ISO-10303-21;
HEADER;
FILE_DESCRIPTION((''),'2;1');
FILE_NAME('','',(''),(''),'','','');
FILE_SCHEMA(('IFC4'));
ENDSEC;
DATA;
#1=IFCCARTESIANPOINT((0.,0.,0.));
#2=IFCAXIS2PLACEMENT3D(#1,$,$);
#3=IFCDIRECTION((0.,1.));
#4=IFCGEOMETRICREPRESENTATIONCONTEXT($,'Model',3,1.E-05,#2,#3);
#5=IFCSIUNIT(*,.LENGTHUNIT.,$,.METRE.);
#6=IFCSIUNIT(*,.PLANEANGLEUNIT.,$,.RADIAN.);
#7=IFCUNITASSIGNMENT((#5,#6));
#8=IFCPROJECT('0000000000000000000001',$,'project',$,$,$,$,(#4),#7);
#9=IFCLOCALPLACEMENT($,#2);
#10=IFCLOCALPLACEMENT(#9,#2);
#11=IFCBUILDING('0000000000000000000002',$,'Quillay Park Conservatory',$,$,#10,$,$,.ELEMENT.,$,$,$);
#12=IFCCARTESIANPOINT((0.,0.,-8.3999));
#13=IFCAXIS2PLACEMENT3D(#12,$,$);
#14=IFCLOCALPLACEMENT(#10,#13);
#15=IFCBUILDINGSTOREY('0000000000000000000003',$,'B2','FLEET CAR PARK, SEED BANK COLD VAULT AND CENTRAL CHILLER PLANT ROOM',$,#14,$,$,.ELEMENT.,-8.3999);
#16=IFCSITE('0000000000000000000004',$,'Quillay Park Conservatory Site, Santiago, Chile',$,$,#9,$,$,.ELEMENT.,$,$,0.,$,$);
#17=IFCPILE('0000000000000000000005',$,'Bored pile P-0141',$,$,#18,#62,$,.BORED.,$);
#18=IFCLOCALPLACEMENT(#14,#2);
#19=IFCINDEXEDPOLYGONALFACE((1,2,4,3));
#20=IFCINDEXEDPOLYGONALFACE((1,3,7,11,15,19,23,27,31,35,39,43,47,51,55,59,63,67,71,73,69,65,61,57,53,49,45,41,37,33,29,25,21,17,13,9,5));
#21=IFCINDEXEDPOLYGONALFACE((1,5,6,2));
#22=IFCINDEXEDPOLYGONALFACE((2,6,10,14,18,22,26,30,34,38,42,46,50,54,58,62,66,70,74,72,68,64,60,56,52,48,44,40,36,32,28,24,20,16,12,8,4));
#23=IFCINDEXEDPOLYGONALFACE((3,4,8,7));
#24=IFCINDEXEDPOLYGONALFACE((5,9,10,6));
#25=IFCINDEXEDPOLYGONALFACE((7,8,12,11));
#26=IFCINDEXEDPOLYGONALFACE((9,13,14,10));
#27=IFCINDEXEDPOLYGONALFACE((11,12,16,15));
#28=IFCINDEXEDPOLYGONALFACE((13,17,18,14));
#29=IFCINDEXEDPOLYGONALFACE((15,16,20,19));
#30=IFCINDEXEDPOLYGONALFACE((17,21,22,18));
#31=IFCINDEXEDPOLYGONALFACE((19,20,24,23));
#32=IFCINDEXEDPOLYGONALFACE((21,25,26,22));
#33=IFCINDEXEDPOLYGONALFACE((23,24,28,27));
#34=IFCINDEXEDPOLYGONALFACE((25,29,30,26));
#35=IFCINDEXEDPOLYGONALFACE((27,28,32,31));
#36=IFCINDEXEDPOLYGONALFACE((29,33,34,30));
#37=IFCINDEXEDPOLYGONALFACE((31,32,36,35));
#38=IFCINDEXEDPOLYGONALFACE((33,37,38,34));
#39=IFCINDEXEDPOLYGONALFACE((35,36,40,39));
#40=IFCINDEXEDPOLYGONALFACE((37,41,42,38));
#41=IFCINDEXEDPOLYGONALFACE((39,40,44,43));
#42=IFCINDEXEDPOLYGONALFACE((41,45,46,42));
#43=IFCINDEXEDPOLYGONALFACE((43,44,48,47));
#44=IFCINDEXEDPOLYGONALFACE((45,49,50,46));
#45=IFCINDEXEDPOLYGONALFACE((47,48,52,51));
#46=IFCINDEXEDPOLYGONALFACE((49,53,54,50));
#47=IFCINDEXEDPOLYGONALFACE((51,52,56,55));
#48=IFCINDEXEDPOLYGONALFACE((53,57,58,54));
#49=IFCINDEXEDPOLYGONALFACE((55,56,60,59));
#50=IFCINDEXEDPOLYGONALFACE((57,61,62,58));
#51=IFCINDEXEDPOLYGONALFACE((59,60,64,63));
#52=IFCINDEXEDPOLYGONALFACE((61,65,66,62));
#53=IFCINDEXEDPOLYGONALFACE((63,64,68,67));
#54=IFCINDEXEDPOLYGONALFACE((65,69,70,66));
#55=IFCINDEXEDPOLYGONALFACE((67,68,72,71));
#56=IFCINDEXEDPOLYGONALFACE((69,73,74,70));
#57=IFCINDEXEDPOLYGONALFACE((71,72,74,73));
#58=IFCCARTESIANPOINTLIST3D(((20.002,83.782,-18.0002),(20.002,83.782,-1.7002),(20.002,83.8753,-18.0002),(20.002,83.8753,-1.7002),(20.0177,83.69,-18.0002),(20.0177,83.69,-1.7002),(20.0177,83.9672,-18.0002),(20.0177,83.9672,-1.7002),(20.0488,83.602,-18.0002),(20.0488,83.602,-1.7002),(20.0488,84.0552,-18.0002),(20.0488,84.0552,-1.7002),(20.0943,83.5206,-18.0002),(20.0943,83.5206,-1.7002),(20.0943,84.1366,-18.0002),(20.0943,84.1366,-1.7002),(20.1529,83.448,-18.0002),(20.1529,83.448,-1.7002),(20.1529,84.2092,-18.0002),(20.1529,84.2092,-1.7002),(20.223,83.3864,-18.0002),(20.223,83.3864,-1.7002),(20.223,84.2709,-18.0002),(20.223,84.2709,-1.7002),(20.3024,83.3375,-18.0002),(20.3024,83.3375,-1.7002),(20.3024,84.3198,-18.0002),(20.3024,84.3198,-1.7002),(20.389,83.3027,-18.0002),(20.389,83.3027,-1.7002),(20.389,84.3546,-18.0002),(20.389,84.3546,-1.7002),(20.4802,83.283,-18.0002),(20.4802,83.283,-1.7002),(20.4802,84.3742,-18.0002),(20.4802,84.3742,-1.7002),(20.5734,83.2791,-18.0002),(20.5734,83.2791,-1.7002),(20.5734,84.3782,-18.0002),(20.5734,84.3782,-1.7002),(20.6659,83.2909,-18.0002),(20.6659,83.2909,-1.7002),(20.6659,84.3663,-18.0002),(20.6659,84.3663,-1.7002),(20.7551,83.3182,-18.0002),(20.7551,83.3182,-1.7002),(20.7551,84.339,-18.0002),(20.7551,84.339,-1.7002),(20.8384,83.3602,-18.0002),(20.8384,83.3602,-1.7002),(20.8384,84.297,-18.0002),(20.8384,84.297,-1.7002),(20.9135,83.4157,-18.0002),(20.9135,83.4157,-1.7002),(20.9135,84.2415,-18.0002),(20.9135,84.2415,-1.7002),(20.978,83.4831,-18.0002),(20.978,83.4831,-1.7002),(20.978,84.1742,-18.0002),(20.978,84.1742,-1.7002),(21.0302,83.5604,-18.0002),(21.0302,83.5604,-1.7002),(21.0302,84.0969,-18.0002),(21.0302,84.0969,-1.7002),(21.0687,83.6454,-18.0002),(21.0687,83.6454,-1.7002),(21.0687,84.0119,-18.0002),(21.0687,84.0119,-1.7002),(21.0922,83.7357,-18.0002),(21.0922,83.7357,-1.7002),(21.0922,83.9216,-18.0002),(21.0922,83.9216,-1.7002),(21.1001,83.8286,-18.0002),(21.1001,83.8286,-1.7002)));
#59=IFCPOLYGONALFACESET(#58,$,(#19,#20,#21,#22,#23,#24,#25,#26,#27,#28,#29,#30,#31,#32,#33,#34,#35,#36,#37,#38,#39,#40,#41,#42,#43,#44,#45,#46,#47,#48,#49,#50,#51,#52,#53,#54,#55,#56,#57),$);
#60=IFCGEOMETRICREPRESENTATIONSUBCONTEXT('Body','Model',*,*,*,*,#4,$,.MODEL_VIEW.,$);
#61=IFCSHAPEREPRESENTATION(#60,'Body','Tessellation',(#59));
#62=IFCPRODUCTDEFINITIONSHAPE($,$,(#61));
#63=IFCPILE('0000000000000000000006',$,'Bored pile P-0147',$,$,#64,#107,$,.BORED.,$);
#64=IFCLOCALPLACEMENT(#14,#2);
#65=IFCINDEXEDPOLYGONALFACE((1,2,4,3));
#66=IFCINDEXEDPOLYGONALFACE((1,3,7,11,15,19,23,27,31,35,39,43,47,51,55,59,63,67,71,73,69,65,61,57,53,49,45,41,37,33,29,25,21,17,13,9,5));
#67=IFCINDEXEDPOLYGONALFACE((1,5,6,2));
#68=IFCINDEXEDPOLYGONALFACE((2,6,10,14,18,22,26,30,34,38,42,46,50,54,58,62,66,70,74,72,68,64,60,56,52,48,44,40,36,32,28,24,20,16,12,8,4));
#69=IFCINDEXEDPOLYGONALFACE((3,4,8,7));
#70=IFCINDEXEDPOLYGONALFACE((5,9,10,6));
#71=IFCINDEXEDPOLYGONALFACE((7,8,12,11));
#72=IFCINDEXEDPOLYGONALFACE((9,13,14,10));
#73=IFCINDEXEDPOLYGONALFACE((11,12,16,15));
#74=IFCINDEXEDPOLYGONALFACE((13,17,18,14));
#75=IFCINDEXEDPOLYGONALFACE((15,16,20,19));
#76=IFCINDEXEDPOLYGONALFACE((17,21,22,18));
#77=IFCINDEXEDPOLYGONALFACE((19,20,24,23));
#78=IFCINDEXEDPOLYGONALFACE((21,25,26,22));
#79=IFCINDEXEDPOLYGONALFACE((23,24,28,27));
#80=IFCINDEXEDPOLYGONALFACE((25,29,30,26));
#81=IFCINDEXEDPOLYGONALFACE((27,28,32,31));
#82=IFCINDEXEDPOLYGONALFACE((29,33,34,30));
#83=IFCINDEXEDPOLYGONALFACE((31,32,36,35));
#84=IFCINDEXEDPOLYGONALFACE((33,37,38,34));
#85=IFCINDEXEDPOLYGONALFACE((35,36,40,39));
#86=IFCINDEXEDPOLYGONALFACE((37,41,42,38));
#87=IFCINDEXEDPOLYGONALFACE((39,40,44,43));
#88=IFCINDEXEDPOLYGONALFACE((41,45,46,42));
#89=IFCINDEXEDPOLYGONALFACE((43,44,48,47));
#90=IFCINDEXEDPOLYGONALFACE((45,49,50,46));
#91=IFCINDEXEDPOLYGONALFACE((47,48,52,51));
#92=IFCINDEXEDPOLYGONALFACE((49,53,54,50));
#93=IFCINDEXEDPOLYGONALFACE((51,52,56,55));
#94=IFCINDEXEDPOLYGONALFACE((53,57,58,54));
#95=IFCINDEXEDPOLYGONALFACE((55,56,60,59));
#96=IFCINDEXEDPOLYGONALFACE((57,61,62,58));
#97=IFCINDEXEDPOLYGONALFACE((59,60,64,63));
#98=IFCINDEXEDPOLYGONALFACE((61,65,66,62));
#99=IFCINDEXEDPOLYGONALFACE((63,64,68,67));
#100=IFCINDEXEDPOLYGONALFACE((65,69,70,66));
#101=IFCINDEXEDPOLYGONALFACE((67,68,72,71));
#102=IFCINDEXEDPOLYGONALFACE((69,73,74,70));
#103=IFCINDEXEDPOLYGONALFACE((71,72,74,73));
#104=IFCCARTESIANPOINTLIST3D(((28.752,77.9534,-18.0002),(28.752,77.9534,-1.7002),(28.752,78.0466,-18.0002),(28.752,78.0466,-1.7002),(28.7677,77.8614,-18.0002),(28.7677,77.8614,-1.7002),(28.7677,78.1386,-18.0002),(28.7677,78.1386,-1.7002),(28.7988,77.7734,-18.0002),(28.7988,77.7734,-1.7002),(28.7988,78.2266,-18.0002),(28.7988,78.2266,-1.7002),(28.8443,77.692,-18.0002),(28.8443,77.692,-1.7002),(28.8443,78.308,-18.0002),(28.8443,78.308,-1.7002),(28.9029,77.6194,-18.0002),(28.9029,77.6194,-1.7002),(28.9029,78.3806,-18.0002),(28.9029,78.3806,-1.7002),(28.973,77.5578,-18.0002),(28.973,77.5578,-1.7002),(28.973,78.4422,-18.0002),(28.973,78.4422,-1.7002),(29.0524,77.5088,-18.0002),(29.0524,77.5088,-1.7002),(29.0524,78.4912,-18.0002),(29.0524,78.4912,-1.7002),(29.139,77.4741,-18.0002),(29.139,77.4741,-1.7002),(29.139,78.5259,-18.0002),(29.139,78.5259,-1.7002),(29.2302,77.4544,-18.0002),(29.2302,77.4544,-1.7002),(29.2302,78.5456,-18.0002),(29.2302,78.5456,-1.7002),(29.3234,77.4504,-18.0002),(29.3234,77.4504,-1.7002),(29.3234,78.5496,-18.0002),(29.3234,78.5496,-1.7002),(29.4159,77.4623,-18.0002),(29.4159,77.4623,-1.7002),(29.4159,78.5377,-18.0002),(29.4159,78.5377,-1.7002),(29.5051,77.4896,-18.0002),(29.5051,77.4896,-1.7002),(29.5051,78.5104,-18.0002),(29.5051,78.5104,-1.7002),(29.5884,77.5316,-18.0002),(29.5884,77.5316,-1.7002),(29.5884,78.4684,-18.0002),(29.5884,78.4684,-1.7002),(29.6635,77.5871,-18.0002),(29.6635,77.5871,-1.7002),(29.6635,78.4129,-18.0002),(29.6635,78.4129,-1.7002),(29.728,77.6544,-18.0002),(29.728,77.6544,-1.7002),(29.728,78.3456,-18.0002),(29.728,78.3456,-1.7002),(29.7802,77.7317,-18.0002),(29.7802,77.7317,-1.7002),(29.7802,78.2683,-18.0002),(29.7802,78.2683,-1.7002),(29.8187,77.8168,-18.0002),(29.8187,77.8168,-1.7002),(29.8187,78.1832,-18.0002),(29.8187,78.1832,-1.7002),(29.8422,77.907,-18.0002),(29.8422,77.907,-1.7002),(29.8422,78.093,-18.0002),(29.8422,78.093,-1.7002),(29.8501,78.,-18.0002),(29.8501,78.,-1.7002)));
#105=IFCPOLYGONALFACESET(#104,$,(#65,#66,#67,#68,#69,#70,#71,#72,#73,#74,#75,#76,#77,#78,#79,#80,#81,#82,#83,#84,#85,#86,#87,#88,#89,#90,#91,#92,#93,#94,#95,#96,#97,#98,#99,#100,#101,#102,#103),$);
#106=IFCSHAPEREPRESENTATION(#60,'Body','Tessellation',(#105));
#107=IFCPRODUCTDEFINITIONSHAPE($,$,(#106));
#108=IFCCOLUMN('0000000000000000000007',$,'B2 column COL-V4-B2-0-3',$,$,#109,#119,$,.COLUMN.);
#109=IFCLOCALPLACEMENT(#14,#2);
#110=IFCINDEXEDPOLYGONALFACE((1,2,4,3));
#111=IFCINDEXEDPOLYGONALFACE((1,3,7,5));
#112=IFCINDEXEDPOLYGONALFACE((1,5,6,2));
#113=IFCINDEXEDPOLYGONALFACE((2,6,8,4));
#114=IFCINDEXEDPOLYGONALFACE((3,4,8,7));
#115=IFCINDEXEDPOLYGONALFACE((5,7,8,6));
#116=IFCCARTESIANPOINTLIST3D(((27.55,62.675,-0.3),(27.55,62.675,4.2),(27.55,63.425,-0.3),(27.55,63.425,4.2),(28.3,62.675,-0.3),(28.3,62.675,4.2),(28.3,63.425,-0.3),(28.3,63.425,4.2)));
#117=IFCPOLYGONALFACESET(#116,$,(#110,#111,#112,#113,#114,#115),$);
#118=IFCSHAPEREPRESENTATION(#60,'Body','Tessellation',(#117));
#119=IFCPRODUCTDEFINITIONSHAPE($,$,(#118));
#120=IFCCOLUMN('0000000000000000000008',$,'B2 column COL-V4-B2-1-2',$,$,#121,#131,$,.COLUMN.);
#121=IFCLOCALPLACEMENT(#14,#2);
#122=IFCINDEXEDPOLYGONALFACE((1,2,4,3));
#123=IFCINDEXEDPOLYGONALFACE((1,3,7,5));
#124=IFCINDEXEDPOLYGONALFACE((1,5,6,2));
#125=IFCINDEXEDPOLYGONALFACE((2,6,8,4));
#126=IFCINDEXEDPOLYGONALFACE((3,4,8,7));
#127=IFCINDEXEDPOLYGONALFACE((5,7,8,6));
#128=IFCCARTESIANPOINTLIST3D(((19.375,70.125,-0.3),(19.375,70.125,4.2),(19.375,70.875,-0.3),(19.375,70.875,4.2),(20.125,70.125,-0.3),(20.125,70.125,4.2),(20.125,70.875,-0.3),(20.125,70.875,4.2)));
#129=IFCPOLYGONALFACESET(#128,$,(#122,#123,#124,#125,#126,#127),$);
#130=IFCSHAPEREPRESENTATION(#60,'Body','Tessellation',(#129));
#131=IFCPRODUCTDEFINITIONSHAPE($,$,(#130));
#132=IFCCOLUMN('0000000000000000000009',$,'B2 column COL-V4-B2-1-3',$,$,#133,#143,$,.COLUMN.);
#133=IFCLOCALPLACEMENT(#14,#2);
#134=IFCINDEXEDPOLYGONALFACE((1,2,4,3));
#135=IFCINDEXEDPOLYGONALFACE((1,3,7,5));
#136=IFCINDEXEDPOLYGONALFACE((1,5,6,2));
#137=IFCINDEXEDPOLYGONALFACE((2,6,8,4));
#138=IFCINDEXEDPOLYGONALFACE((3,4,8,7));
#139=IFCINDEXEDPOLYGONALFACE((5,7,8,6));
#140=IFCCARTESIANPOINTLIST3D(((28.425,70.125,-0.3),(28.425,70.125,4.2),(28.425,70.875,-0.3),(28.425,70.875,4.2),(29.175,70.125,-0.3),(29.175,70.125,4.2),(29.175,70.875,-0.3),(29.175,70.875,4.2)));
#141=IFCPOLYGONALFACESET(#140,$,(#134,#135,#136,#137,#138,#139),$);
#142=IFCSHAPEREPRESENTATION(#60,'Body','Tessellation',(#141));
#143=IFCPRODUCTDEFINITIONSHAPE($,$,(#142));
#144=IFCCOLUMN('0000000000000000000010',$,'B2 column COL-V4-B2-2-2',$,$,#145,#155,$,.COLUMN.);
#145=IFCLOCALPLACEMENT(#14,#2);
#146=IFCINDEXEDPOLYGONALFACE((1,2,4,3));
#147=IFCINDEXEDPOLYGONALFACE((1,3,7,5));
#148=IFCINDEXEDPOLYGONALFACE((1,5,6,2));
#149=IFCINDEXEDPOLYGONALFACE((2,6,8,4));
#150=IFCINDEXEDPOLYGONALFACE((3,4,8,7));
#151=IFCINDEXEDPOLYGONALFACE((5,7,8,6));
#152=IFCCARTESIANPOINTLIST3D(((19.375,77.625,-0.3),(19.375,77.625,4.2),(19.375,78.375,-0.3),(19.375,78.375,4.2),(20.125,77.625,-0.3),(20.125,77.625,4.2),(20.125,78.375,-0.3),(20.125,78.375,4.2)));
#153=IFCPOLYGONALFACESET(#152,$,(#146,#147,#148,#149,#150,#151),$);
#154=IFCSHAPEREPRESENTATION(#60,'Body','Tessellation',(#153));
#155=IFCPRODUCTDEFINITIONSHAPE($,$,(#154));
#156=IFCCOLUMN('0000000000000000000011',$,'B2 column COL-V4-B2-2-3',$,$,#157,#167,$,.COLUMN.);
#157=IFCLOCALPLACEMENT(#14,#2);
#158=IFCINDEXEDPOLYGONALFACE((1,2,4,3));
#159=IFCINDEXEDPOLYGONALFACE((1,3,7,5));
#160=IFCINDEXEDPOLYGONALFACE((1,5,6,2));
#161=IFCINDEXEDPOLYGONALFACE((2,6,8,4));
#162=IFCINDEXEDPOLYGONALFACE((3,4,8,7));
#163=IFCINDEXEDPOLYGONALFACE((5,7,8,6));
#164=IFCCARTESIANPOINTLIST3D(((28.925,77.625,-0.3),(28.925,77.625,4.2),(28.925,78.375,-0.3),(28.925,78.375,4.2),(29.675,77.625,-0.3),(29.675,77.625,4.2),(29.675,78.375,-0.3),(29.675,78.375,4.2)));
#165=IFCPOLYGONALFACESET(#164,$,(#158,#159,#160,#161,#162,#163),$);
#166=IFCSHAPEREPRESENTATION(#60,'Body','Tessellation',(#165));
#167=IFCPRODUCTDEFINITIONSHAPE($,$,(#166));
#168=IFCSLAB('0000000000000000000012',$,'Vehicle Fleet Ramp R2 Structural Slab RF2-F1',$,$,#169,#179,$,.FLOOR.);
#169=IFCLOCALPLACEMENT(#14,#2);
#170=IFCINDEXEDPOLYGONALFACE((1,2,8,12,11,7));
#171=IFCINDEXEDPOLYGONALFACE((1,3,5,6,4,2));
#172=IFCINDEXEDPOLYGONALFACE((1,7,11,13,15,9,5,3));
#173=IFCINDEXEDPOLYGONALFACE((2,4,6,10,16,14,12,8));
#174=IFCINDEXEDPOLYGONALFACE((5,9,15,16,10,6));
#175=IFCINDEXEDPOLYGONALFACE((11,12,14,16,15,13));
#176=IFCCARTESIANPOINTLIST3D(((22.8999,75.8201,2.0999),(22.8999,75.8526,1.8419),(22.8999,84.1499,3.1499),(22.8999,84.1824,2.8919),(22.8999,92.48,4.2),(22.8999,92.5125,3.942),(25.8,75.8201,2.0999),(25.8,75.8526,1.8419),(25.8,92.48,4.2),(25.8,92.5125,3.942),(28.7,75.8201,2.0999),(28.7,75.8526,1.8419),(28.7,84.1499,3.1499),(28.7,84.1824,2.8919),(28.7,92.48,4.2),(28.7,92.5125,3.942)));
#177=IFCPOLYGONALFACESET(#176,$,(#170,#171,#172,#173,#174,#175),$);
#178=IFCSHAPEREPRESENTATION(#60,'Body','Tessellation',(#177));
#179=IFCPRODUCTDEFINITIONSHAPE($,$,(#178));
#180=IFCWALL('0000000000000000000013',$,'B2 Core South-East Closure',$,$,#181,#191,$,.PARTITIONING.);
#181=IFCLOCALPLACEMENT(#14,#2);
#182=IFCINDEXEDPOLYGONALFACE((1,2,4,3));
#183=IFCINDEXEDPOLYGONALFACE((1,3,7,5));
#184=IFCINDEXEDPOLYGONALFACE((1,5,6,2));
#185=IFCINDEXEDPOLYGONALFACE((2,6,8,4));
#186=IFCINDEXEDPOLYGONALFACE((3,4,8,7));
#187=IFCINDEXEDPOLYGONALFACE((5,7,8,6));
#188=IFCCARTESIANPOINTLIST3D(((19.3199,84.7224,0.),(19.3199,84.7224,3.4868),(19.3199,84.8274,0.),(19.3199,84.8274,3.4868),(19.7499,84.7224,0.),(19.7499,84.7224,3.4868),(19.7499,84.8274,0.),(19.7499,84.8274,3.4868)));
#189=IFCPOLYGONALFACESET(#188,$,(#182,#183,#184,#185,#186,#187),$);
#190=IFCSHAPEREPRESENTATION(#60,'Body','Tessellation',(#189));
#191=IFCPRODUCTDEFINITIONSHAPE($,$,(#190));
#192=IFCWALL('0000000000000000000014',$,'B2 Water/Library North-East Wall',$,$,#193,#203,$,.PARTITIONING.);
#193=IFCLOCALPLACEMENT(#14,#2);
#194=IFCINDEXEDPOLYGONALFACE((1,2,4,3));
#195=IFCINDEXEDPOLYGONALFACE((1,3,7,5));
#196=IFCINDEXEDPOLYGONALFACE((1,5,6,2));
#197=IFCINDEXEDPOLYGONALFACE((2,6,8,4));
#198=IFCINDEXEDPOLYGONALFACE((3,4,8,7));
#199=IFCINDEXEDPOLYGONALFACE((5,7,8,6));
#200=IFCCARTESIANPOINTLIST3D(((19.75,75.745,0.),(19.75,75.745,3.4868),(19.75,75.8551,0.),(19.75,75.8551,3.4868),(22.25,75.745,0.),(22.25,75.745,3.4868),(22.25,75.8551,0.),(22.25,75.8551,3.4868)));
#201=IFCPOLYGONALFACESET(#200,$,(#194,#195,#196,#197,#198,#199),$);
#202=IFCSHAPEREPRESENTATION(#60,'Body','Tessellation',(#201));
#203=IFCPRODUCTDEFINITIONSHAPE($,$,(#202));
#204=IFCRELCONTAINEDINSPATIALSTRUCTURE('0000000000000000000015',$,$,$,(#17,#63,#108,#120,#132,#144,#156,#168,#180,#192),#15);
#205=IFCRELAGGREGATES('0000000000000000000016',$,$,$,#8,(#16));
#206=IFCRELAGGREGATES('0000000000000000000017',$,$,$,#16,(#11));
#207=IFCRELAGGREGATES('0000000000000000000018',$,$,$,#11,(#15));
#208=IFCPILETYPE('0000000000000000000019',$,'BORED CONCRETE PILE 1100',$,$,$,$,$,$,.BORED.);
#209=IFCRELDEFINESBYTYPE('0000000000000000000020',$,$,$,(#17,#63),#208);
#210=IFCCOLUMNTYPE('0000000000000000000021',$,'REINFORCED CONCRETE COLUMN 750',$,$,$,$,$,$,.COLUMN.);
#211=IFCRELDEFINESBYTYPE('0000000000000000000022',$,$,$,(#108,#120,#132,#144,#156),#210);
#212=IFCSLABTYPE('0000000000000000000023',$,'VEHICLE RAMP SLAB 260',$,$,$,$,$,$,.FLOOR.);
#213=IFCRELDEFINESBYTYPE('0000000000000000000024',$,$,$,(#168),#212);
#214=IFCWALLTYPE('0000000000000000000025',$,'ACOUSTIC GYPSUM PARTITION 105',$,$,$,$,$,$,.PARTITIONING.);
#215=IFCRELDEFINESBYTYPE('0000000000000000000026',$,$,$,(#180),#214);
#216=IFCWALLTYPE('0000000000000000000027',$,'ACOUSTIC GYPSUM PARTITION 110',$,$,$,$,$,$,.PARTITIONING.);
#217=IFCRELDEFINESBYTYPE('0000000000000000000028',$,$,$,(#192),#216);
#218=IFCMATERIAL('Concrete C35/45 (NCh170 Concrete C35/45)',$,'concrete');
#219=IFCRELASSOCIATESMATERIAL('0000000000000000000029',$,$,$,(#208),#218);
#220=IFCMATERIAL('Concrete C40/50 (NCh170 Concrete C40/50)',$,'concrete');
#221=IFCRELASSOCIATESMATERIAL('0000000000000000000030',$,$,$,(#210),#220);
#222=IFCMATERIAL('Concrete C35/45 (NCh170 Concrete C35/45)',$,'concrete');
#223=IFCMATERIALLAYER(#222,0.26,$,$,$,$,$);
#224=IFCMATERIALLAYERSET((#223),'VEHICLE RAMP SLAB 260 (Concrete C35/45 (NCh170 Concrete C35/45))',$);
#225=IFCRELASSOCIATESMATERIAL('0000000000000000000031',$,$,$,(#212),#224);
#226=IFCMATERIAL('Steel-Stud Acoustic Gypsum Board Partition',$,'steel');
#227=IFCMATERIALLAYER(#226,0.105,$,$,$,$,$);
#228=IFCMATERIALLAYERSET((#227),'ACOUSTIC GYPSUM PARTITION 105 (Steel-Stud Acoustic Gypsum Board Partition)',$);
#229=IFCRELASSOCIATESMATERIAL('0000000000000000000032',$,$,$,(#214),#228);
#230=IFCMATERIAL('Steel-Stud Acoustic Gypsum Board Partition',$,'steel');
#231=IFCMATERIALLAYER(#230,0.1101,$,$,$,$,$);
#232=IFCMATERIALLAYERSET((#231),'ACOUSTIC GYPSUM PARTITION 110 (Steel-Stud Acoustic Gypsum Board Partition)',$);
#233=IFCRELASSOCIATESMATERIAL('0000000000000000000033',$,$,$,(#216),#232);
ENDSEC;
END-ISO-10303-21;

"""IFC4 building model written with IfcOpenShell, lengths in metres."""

from ifc_helpers import new_model, si_unit, direction, frame, frame_2d, origin, origin_2d, place, context, subcontext, project, spatial, polyline, rectangle, circle, outline, extrude, material, layer, layer_set, material_profile, profile_set, type_object, element, save


model = new_model("IFC4")

# Units and contexts
model_context = context("Model", 3, precision=1e-05, world=origin(), true_north=direction((0.0, 1.0)))
body_context = subcontext(model_context, "Body", "Model", "MODEL_VIEW")
ifc_project = project(units=[si_unit("LENGTHUNIT", "METRE"), si_unit("PLANEANGLEUNIT", "RADIAN")], contexts=[model_context])

# Site, building, storey
site_placement = place(None, origin())
site = spatial("IfcSite", under=ifc_project, at=site_placement, Name="Quillay Park Conservatory Site, Santiago, Chile", CompositionType="ELEMENT", RefElevation=0.0)
building_placement = place(site_placement, origin())
building = spatial("IfcBuilding", under=site, at=building_placement, Name="Quillay Park Conservatory", CompositionType="ELEMENT")
storey_placement = place(building_placement, frame((0.0, 0.0, -8.3999)))
storey = spatial("IfcBuildingStorey", under=building, at=storey_placement, Name="B2", Description="FLEET CAR PARK, SEED BANK COLD VAULT AND CENTRAL CHILLER PLANT ROOM", CompositionType="ELEMENT", Elevation=-8.3999)

# Piles
ifc_material_1 = material(Name="Concrete C35/45 (NCh170 Concrete C35/45)", Category="concrete")
ifc_material_profile_1 = material_profile(ifc_material_1, circle(Radius=0.55, at=origin_2d()), Name="PILE1100")
ifc_profile_set_1 = profile_set([ifc_material_profile_1], Name="Concrete C35/45 (NCh170 Concrete C35/45)")
pile_type = type_object("IfcPileType", Name="BORED CONCRETE PILE 1100", PredefinedType="BORED", material=ifc_profile_set_1)
for number, where, z_axis, x_axis, name in (
    (1, (20.55, 83.8286, -1.7002), (0.0, 0.0, -1.0), (1.0, 0.0, 0.0), "Bored pile P-0141"),
    (2, (29.3, 78.0, -1.7002), (0.0, 0.0, -1.0), (1.0, 0.0, 0.0), "Bored pile P-0147"),
):
    element("IfcPile", number, at=place(storey_placement, frame(where, z_axis=z_axis, x_axis=x_axis)), inside=storey, type_object=pile_type, Name=name, PredefinedType="BORED", context=body_context, shape_type="SweptSolid", body=[
        extrude(circle(Radius=0.55, at=origin_2d()), origin(), (0.0, 0.0, 1.0), 16.3),
    ])

# Columns
ifc_material_2 = material(Name="Concrete C40/50 (NCh170 Concrete C40/50)", Category="concrete")
ifc_material_profile_2 = material_profile(ifc_material_2, rectangle(XDim=0.75, YDim=0.75, at=origin_2d()), Name="RC750x750")
ifc_profile_set_2 = profile_set([ifc_material_profile_2], Name="Concrete C40/50 (NCh170 Concrete C40/50)")
column_type = type_object("IfcColumnType", Name="REINFORCED CONCRETE COLUMN 750", PredefinedType="COLUMN", material=ifc_profile_set_2)
for number, where, z_axis, x_axis, name in (
    (3, (27.925, 63.05, -0.3), (0.0, 0.0, 1.0), (1.0, 0.0, 0.0), "B2 column COL-V4-B2-0-3"),
    (4, (19.75, 70.5, -0.3), (0.0, 0.0, 1.0), (1.0, 0.0, 0.0), "B2 column COL-V4-B2-1-2"),
    (5, (28.8, 70.5, -0.3), (0.0, 0.0, 1.0), (1.0, 0.0, 0.0), "B2 column COL-V4-B2-1-3"),
    (6, (19.75, 78.0, -0.3), (0.0, 0.0, 1.0), (1.0, 0.0, 0.0), "B2 column COL-V4-B2-2-2"),
    (7, (29.3, 78.0, -0.3), (0.0, 0.0, 1.0), (1.0, 0.0, 0.0), "B2 column COL-V4-B2-2-3"),
):
    element("IfcColumn", number, at=place(storey_placement, frame(where, z_axis=z_axis, x_axis=x_axis)), inside=storey, type_object=column_type, Name=name, PredefinedType="COLUMN", context=body_context, shape_type="SweptSolid", body=[
        extrude(rectangle(XDim=0.75, YDim=0.75, at=origin_2d()), origin(), (0.0, 0.0, 1.0), 4.5),
    ])

# Slab
ifc_material_3 = material(Name="Concrete C35/45 (NCh170 Concrete C35/45)", Category="concrete")
ifc_layer_1 = layer(ifc_material_3, 0.26)
ifc_layer_set_1 = layer_set([ifc_layer_1], Name="VEHICLE RAMP SLAB 260 (Concrete C35/45 (NCh170 Concrete C35/45))")
slab_type = type_object("IfcSlabType", Name="VEHICLE RAMP SLAB 260", PredefinedType="FLOOR", material=ifc_layer_set_1)
slab_placement = place(storey_placement, frame((22.8999, 75.8201, 2.0999), z_axis=(0.0, -0.125067, 0.992148), x_axis=(1.0, 0.0, 0.0)))
element("IfcSlab", 8, at=slab_placement, inside=storey, type_object=slab_type, Name="Vehicle Fleet Ramp R2 Structural Slab RF2-F1", PredefinedType="FLOOR", context=body_context, shape_type="SweptSolid", body=[
    extrude(outline(polyline([(0.0, 0.0), (2.9001, 0.0), (5.8, 0.0), (5.8, 8.3958), (5.8, 16.7918), (2.9001, 16.7918), (0.0, 16.7918), (0.0, 8.3958), (0.0, 0.0)])), origin(), (0.0, 0.0, -1.0), 0.26),
])

# Walls
ifc_material_4 = material(Name="Steel-Stud Acoustic Gypsum Board Partition", Category="steel")
ifc_layer_2 = layer(ifc_material_4, 0.105)
ifc_layer_set_2 = layer_set([ifc_layer_2], Name="ACOUSTIC GYPSUM PARTITION 105 (Steel-Stud Acoustic Gypsum Board Partition)")
wall_type_1 = type_object("IfcWallType", Name="ACOUSTIC GYPSUM PARTITION 105", PredefinedType="PARTITIONING", material=ifc_layer_set_2)
wall_1_placement = place(storey_placement, frame((19.3201, 84.7749, 0.0), z_axis=(0.0, 0.0, 1.0), x_axis=(1.0, 0.0, 0.0)))
element("IfcWall", 9, at=wall_1_placement, inside=storey, type_object=wall_type_1, Name="B2 Core South-East Closure", PredefinedType="PARTITIONING", context=body_context, shape_type="SweptSolid", body=[
    extrude(rectangle(XDim=0.4299, YDim=0.105, at=frame_2d((0.2148, 0.0))), origin(), (0.0, 0.0, 1.0), 3.4868),
])
ifc_material_5 = material(Name="Steel-Stud Acoustic Gypsum Board Partition", Category="steel")
ifc_layer_3 = layer(ifc_material_5, 0.1101)
ifc_layer_set_3 = layer_set([ifc_layer_3], Name="ACOUSTIC GYPSUM PARTITION 110 (Steel-Stud Acoustic Gypsum Board Partition)")
wall_type_2 = type_object("IfcWallType", Name="ACOUSTIC GYPSUM PARTITION 110", PredefinedType="PARTITIONING", material=ifc_layer_set_3)
wall_2_placement = place(storey_placement, frame((22.25, 75.8, 0.0), z_axis=(0.0, 0.0, 1.0), x_axis=(-1.0, 0.0, 0.0)))
element("IfcWall", 10, at=wall_2_placement, inside=storey, type_object=wall_type_2, Name="B2 Water/Library North-East Wall", PredefinedType="PARTITIONING", context=body_context, shape_type="SweptSolid", body=[
    extrude(rectangle(XDim=2.5, YDim=0.1101, at=frame_2d((1.25, 0.0))), origin(), (0.0, 0.0, 1.0), 3.4868),
])

save(model, "model.ifc")
